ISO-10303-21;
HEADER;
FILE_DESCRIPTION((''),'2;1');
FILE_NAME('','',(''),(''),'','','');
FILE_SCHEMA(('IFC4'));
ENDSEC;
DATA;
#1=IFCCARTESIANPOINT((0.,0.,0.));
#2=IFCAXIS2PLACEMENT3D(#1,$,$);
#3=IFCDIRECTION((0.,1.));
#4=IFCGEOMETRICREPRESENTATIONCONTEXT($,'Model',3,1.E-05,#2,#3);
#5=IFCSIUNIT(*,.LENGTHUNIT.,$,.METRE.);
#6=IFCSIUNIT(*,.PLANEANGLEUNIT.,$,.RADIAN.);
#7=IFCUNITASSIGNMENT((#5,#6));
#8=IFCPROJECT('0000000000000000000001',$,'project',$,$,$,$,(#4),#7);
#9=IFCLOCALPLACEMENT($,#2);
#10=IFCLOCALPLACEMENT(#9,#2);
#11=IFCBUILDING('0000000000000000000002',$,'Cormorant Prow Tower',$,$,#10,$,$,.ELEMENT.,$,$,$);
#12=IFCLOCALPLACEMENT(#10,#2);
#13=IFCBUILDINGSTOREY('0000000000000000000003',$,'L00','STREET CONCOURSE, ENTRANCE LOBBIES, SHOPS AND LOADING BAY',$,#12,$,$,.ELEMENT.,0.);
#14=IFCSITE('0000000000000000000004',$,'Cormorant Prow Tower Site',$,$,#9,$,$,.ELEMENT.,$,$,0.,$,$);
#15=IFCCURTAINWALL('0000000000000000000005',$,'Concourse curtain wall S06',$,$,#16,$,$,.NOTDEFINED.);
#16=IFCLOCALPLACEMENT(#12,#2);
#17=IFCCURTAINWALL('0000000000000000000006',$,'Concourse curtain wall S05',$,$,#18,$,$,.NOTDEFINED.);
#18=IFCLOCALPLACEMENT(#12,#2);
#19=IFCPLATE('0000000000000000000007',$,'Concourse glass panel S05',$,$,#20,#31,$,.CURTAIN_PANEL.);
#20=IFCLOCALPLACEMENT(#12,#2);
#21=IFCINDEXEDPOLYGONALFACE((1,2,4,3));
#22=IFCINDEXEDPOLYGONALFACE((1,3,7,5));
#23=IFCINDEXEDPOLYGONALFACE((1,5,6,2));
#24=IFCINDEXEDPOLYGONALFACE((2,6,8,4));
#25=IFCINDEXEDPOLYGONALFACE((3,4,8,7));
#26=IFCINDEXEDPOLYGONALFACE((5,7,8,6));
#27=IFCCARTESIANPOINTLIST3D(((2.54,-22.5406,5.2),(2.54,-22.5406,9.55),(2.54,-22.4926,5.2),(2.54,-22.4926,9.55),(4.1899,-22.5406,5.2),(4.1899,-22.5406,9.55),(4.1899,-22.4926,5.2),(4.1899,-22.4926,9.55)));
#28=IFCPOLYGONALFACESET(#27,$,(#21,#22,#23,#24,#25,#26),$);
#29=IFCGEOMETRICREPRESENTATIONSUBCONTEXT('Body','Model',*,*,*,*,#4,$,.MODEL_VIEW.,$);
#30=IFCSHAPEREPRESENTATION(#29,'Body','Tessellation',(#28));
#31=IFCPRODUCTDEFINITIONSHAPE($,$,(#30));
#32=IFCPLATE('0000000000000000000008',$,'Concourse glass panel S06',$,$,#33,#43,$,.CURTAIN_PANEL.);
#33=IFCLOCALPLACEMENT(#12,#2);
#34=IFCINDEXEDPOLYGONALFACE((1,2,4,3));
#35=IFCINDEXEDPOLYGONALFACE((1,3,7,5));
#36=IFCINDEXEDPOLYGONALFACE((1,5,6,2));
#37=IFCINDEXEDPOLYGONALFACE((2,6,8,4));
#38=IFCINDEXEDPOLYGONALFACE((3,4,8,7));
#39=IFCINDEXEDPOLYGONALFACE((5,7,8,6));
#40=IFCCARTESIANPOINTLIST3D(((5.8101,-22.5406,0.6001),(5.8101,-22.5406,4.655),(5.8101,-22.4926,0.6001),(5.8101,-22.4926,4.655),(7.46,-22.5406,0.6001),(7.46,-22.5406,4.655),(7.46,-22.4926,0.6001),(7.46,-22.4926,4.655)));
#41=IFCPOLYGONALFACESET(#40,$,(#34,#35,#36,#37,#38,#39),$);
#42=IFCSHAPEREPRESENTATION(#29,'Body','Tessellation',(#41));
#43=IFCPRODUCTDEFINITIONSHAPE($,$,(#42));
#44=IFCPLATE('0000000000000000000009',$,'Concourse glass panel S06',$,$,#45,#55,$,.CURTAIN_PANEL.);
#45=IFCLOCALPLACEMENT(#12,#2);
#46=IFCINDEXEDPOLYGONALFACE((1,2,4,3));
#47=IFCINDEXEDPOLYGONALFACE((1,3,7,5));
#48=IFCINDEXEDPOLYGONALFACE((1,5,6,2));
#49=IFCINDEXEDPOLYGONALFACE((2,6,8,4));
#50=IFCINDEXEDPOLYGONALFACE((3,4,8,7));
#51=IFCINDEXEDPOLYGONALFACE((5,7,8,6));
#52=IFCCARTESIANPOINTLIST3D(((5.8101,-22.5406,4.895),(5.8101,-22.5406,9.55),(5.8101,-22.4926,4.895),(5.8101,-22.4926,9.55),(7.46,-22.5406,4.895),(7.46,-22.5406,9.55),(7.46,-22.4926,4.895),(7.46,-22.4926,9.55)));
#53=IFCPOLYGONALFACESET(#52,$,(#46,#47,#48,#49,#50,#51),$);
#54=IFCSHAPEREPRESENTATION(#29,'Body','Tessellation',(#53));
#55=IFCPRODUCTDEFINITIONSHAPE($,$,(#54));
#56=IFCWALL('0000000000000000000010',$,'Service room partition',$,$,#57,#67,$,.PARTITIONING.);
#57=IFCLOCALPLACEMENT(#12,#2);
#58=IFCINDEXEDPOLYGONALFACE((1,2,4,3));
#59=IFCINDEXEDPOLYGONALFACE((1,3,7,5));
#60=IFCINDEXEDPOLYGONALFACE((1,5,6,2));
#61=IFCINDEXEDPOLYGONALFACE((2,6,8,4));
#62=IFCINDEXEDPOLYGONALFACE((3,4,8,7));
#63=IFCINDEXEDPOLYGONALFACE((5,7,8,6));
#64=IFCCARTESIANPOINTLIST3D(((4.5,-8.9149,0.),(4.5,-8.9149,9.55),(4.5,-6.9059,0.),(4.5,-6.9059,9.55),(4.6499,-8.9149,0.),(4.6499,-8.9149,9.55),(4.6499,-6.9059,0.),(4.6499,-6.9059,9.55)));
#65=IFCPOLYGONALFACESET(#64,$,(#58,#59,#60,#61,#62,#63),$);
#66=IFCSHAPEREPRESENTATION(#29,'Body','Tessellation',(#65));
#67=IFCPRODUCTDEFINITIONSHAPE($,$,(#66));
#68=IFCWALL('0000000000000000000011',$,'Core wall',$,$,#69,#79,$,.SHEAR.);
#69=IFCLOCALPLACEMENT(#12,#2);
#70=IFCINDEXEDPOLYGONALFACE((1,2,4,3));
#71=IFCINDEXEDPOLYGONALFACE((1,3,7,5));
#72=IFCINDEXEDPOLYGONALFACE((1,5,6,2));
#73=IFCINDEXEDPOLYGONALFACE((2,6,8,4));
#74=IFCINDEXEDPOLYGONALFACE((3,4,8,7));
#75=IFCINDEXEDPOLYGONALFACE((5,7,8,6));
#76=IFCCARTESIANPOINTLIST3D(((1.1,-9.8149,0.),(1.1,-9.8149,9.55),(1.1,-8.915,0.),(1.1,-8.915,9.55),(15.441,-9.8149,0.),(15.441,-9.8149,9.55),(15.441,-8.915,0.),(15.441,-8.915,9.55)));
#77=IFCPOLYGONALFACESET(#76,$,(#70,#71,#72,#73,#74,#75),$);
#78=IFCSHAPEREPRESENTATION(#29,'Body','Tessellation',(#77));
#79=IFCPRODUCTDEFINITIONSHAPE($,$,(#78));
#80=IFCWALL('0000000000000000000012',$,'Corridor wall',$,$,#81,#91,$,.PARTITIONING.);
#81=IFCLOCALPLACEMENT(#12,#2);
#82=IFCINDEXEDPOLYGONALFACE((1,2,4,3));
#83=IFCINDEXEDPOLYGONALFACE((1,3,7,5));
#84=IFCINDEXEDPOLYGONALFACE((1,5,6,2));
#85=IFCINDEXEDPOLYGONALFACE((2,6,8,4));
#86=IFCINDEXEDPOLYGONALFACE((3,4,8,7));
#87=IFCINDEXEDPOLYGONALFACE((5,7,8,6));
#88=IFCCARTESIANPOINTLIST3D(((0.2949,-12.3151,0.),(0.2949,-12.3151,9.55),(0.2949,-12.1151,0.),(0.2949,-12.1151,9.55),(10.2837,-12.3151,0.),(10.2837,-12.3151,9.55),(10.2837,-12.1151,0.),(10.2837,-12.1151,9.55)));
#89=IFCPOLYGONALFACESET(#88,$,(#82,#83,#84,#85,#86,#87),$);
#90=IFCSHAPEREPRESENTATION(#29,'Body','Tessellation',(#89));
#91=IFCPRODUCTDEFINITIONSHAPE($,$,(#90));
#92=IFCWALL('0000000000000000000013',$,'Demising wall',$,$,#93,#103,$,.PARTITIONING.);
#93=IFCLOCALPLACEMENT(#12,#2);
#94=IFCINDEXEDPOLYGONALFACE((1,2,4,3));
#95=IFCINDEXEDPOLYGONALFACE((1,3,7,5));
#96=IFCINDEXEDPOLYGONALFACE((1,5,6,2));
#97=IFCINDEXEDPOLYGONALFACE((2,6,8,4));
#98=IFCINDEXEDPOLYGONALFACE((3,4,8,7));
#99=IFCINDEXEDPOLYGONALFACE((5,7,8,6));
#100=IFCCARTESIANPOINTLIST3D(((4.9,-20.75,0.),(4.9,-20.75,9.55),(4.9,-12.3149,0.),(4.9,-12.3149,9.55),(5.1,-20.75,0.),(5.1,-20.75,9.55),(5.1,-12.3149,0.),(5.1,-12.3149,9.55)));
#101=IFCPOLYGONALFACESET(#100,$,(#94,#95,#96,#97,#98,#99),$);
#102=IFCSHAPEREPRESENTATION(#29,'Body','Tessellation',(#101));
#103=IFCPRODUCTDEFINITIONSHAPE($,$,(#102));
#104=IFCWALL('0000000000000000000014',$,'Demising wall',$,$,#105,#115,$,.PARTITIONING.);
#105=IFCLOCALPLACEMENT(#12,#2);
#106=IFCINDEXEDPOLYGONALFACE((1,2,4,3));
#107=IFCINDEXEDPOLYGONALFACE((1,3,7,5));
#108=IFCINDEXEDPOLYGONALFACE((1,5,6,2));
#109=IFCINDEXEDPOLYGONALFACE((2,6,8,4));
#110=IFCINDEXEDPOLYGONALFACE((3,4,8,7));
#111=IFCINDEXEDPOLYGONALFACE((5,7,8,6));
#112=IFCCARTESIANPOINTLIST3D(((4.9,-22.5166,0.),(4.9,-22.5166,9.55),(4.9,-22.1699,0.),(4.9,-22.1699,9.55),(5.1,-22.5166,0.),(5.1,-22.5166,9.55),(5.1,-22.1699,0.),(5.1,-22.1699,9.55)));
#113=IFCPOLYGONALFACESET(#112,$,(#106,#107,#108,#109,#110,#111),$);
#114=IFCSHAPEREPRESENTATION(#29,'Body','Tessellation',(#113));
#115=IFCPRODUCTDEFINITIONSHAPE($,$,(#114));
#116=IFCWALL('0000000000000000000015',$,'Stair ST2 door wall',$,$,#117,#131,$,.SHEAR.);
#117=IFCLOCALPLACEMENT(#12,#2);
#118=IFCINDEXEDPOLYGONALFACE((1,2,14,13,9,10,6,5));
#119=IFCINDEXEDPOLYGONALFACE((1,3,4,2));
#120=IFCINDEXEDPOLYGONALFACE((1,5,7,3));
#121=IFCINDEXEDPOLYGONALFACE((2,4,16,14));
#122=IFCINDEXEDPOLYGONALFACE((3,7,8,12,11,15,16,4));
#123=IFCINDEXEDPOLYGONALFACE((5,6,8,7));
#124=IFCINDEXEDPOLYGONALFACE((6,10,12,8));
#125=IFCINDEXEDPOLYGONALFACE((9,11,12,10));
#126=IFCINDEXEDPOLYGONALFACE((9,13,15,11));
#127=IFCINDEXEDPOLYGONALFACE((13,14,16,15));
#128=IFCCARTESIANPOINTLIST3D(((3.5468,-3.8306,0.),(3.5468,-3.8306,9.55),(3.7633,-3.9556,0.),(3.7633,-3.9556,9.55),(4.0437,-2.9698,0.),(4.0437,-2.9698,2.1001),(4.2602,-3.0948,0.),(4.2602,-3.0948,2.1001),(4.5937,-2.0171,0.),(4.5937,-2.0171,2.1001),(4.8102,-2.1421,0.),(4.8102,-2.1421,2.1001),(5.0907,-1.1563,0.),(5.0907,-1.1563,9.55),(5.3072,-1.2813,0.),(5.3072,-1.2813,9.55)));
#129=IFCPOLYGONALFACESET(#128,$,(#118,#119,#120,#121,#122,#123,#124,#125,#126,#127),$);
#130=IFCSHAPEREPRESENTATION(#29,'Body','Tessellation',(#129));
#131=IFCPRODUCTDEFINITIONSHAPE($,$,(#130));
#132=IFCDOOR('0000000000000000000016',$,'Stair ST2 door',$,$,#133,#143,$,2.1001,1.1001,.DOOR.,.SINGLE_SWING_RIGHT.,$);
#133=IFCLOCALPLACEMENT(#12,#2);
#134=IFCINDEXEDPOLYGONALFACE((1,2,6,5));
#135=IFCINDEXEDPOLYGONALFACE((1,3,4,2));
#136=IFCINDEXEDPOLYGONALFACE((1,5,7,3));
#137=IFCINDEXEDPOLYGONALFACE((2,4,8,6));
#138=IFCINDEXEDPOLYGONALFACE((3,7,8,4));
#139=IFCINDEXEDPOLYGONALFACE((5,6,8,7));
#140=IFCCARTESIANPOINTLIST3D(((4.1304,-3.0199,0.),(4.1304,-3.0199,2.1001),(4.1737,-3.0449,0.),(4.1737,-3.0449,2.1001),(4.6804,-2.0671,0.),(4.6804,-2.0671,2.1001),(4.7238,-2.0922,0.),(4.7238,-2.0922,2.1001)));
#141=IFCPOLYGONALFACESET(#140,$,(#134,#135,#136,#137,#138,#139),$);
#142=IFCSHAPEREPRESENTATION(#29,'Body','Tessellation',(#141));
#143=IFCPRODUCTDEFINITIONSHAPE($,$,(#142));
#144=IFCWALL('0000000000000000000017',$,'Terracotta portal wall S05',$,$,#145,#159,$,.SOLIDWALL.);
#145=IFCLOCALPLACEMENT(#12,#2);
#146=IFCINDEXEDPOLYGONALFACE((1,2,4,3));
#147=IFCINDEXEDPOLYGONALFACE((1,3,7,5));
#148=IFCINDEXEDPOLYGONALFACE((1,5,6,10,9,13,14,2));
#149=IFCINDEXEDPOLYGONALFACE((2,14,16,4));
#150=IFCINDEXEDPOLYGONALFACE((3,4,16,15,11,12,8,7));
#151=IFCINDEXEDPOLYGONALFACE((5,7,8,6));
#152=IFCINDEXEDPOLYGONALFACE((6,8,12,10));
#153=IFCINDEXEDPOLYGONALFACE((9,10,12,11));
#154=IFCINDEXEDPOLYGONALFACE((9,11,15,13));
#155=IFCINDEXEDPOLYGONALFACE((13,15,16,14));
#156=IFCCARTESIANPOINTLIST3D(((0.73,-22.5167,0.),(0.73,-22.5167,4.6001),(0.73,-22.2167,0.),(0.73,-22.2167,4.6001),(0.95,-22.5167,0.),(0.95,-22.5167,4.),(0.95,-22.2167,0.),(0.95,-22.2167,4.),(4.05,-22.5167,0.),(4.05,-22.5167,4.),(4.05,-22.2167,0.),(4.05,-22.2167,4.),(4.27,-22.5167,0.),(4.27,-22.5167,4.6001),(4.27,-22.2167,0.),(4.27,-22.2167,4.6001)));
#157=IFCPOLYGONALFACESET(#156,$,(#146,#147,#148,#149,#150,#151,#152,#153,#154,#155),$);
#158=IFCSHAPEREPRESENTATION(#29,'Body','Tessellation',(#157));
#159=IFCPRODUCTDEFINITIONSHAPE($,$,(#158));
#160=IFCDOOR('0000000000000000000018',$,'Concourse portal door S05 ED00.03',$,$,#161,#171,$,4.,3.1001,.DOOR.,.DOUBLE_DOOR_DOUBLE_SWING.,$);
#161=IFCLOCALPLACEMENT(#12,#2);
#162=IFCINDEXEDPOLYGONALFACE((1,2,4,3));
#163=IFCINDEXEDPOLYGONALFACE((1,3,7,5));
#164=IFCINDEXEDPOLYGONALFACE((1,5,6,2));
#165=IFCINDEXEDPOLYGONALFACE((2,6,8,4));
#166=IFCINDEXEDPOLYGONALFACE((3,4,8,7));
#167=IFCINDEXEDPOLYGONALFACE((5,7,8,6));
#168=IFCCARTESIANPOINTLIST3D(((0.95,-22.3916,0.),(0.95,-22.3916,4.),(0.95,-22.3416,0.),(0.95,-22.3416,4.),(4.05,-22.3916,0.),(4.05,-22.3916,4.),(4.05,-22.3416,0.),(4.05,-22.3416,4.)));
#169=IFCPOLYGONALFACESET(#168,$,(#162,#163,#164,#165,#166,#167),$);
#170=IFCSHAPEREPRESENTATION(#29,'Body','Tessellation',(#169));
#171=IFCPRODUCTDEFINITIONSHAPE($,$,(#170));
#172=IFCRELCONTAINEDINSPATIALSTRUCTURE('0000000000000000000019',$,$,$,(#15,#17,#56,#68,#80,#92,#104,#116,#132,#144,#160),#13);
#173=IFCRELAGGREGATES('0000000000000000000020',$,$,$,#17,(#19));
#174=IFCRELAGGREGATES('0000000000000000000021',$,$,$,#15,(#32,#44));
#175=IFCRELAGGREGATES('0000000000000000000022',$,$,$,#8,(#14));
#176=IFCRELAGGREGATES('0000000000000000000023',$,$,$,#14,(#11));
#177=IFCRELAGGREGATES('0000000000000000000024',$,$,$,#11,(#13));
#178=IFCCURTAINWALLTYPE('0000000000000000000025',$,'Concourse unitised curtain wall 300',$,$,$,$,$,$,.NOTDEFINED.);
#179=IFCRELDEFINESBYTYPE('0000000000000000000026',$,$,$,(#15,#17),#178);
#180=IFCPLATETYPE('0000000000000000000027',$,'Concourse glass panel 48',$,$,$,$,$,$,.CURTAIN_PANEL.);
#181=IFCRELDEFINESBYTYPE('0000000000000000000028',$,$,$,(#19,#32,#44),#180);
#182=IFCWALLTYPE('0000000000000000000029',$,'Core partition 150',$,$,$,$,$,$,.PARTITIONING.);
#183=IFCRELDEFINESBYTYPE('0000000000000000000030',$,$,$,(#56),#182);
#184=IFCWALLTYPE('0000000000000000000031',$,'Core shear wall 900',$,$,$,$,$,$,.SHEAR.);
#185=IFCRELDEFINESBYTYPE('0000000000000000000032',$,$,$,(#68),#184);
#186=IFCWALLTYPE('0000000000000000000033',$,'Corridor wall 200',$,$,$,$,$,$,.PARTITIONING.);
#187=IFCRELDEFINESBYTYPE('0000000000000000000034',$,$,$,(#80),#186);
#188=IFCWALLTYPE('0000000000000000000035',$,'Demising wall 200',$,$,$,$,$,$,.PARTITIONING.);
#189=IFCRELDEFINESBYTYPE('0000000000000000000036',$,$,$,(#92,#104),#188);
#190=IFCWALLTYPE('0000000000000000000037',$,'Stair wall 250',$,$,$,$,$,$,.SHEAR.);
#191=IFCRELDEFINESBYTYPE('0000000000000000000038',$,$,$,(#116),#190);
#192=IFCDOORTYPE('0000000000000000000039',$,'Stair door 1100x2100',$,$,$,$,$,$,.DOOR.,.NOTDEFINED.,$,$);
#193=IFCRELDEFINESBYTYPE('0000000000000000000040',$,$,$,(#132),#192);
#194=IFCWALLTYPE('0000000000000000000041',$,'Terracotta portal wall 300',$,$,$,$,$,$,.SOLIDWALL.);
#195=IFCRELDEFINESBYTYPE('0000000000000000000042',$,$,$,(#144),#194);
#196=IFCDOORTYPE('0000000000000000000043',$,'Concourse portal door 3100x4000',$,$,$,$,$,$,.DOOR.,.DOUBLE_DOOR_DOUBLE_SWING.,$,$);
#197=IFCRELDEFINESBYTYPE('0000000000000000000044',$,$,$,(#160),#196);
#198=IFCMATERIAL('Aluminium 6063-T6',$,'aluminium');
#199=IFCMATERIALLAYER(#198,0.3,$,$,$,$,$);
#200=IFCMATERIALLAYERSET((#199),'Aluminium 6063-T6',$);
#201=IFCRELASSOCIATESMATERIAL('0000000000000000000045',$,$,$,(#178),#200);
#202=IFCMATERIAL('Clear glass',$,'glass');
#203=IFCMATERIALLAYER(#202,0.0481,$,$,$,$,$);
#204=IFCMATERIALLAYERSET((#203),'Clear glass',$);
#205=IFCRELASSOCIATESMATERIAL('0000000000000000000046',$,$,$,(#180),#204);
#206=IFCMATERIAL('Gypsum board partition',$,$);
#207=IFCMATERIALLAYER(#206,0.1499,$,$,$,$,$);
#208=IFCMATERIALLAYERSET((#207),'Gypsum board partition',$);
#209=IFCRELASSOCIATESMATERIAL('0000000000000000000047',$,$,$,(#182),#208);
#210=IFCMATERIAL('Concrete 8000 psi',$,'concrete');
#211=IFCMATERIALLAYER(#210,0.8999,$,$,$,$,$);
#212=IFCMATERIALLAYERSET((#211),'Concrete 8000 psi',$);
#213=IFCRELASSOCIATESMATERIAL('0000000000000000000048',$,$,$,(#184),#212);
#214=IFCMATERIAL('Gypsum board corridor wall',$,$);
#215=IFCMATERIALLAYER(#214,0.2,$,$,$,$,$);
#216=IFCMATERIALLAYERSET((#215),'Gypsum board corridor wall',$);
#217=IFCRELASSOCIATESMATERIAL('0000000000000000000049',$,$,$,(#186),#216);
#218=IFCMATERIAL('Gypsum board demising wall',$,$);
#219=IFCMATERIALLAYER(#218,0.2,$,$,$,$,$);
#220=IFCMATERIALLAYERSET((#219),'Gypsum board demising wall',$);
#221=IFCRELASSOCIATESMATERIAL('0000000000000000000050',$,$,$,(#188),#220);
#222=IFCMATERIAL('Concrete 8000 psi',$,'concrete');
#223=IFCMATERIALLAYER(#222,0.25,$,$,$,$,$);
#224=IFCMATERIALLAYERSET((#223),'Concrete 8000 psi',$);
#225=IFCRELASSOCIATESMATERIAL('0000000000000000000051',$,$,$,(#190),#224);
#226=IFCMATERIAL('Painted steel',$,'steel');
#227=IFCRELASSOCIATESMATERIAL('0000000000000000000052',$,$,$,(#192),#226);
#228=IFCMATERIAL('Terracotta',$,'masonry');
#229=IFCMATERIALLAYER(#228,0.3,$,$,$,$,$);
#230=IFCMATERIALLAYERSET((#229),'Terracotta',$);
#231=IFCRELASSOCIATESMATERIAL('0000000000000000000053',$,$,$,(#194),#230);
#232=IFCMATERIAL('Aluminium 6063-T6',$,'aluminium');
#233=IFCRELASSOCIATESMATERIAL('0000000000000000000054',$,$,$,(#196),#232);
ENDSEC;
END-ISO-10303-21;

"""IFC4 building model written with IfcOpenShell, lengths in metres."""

from ifc_helpers import new_model, si_unit, direction, frame, frame_2d, origin, origin_2d, place, context, subcontext, project, spatial, rectangle, extrude, material, layer, layer_set, type_object, element, fill, aggregate, save


model = new_model("IFC4")

# Units and contexts
model_context = context("Model", 3, precision=1e-05, world=origin(), true_north=direction((0.0, 1.0)))
body_context = subcontext(model_context, "Body", "Model", "MODEL_VIEW")
ifc_project = project(units=[si_unit("LENGTHUNIT", "METRE"), si_unit("PLANEANGLEUNIT", "RADIAN")], contexts=[model_context])

# Site, building, storey
site_placement = place(None, origin())
site = spatial("IfcSite", under=ifc_project, at=site_placement, Name="Cormorant Prow Tower Site", CompositionType="ELEMENT", RefElevation=0.0)
building_placement = place(site_placement, origin())
building = spatial("IfcBuilding", under=site, at=building_placement, Name="Cormorant Prow Tower", CompositionType="ELEMENT")
storey_placement = place(building_placement, origin())
storey = spatial("IfcBuildingStorey", under=building, at=storey_placement, Name="L00", Description="STREET CONCOURSE, ENTRANCE LOBBIES, SHOPS AND LOADING BAY", CompositionType="ELEMENT", Elevation=0.0)

# Curtain walls
ifc_material_1 = material(Name="Aluminium 6063-T6", Category="aluminium")
ifc_layer_1 = layer(ifc_material_1, 0.3)
ifc_layer_set_1 = layer_set([ifc_layer_1], Name="Aluminium 6063-T6")
curtain_wall_type = type_object("IfcCurtainWallType", Name="Concourse unitised curtain wall 300", PredefinedType="NOTDEFINED", material=ifc_layer_set_1)
curtain_wall_1_placement = place(storey_placement, origin())
curtain_wall_1 = element("IfcCurtainWall", 1, at=curtain_wall_1_placement, inside=storey, type_object=curtain_wall_type, Name="Concourse curtain wall S06", PredefinedType="NOTDEFINED")
curtain_wall_2_placement = place(storey_placement, origin())
curtain_wall_2 = element("IfcCurtainWall", 2, at=curtain_wall_2_placement, inside=storey, type_object=curtain_wall_type, Name="Concourse curtain wall S05", PredefinedType="NOTDEFINED")

# Plates
ifc_material_2 = material(Name="Clear glass", Category="glass")
ifc_layer_2 = layer(ifc_material_2, 0.0481)
ifc_layer_set_2 = layer_set([ifc_layer_2], Name="Clear glass")
plate_type = type_object("IfcPlateType", Name="Concourse glass panel 48", PredefinedType="CURTAIN_PANEL", material=ifc_layer_set_2)
plate_1_placement = place(storey_placement, frame((3.365, -22.5166, 5.2), z_axis=(0.0, 0.0, 1.0), x_axis=(1.0, 0.0, 0.0)))
plate_1 = element("IfcPlate", 3, at=plate_1_placement, type_object=plate_type, Name="Concourse glass panel S05", PredefinedType="CURTAIN_PANEL", context=body_context, shape_type="SweptSolid", body=[
    extrude(rectangle(XDim=1.6499, YDim=0.0481, at=origin_2d()), origin(), (0.0, 0.0, 1.0), 4.3501),
])
aggregate(curtain_wall_2, [plate_1])
plate_2_placement = place(storey_placement, frame((6.635, -22.5166, 0.6001), z_axis=(0.0, 0.0, 1.0), x_axis=(1.0, 0.0, 0.0)))
plate_2 = element("IfcPlate", 4, at=plate_2_placement, type_object=plate_type, Name="Concourse glass panel S06", PredefinedType="CURTAIN_PANEL", context=body_context, shape_type="SweptSolid", body=[
    extrude(rectangle(XDim=1.6499, YDim=0.0481, at=origin_2d()), origin(), (0.0, 0.0, 1.0), 4.0549),
])
plate_3_placement = place(storey_placement, frame((6.635, -22.5166, 4.895), z_axis=(0.0, 0.0, 1.0), x_axis=(1.0, 0.0, 0.0)))
plate_3 = element("IfcPlate", 5, at=plate_3_placement, type_object=plate_type, Name="Concourse glass panel S06", PredefinedType="CURTAIN_PANEL", context=body_context, shape_type="SweptSolid", body=[
    extrude(rectangle(XDim=1.6499, YDim=0.0481, at=origin_2d()), origin(), (0.0, 0.0, 1.0), 4.655),
])
aggregate(curtain_wall_1, [plate_2, plate_3])

# Walls
ifc_material_3 = material(Name="Gypsum board partition")
ifc_layer_3 = layer(ifc_material_3, 0.1499)
ifc_layer_set_3 = layer_set([ifc_layer_3], Name="Gypsum board partition")
wall_type_1 = type_object("IfcWallType", Name="Core partition 150", PredefinedType="PARTITIONING", material=ifc_layer_set_3)
wall_1_placement = place(storey_placement, frame((4.575, -6.906, 0.0), z_axis=(0.0, 0.0, 1.0), x_axis=(0.0, -1.0, 0.0)))
element("IfcWall", 6, at=wall_1_placement, inside=storey, type_object=wall_type_1, Name="Service room partition", PredefinedType="PARTITIONING", context=body_context, shape_type="SweptSolid", body=[
    extrude(rectangle(XDim=2.009, YDim=0.1499, at=frame_2d((1.0044, 0.0))), origin(), (0.0, 0.0, 1.0), 9.55),
])
ifc_material_4 = material(Name="Concrete 8000 psi", Category="concrete")
ifc_layer_4 = layer(ifc_material_4, 0.8999)
ifc_layer_set_4 = layer_set([ifc_layer_4], Name="Concrete 8000 psi")
wall_type_2 = type_object("IfcWallType", Name="Core shear wall 900", PredefinedType="SHEAR", material=ifc_layer_set_4)
wall_2_placement = place(storey_placement, frame((1.1001, -9.365, 0.0), z_axis=(0.0, 0.0, 1.0), x_axis=(1.0, 0.0, 0.0)))
element("IfcWall", 7, at=wall_2_placement, inside=storey, type_object=wall_type_2, Name="Core wall", PredefinedType="SHEAR", context=body_context, shape_type="SweptSolid", body=[
    extrude(rectangle(XDim=14.3411, YDim=0.8999, at=frame_2d((7.1704, 0.0))), origin(), (0.0, 0.0, 1.0), 9.55),
])
ifc_material_5 = material(Name="Gypsum board corridor wall")
ifc_layer_5 = layer(ifc_material_5, 0.2)
ifc_layer_set_5 = layer_set([ifc_layer_5], Name="Gypsum board corridor wall")
wall_type_3 = type_object("IfcWallType", Name="Corridor wall 200", PredefinedType="PARTITIONING", material=ifc_layer_set_5)
wall_3_placement = place(storey_placement, frame((0.2949, -12.2151, 0.0), z_axis=(0.0, 0.0, 1.0), x_axis=(1.0, 0.0, 0.0)))
element("IfcWall", 8, at=wall_3_placement, inside=storey, type_object=wall_type_3, Name="Corridor wall", PredefinedType="PARTITIONING", context=body_context, shape_type="SweptSolid", body=[
    extrude(rectangle(XDim=9.9888, YDim=0.2, at=frame_2d((4.9944, 0.0))), origin(), (0.0, 0.0, 1.0), 9.55),
])
ifc_material_6 = material(Name="Gypsum board demising wall")
ifc_layer_6 = layer(ifc_material_6, 0.2)
ifc_layer_set_6 = layer_set([ifc_layer_6], Name="Gypsum board demising wall")
wall_type_4 = type_object("IfcWallType", Name="Demising wall 200", PredefinedType="PARTITIONING", material=ifc_layer_set_6)
wall_4_placement = place(storey_placement, frame((5.0, -20.75, 0.0), z_axis=(0.0, 0.0, 1.0), x_axis=(0.0, 1.0, 0.0)))
element("IfcWall", 9, at=wall_4_placement, inside=storey, type_object=wall_type_4, Name="Demising wall", PredefinedType="PARTITIONING", context=body_context, shape_type="SweptSolid", body=[
    extrude(rectangle(XDim=8.4351, YDim=0.2, at=frame_2d((4.2175, 0.0))), origin(), (0.0, 0.0, 1.0), 9.55),
])
wall_5_placement = place(storey_placement, frame((5.0, -22.5166, 0.0), z_axis=(0.0, 0.0, 1.0), x_axis=(0.0, 1.0, 0.0)))
element("IfcWall", 10, at=wall_5_placement, inside=storey, type_object=wall_type_4, Name="Demising wall", PredefinedType="PARTITIONING", context=body_context, shape_type="SweptSolid", body=[
    extrude(rectangle(XDim=0.3467, YDim=0.2, at=frame_2d((0.1733, 0.0))), origin(), (0.0, 0.0, 1.0), 9.55),
])

# Walls, openings, doors
ifc_material_7 = material(Name="Concrete 8000 psi", Category="concrete")
ifc_layer_7 = layer(ifc_material_7, 0.25)
ifc_layer_set_7 = layer_set([ifc_layer_7], Name="Concrete 8000 psi")
wall_type_5 = type_object("IfcWallType", Name="Stair wall 250", PredefinedType="SHEAR", material=ifc_layer_set_7)
wall_6_placement = place(storey_placement, frame((3.655, -3.8931, 0.0), z_axis=(0.0, 0.0, 1.0), x_axis=(0.499983, 0.866035, 0.0)))
wall_6 = element("IfcWall", 11, at=wall_6_placement, inside=storey, type_object=wall_type_5, Name="Stair ST2 door wall", PredefinedType="SHEAR", context=body_context, shape_type="SweptSolid", body=[
    extrude(rectangle(XDim=3.0879, YDim=0.25, at=frame_2d((1.5439, 0.0))), origin(), (0.0, 0.0, 1.0), 9.55),
])
opening_1_placement = place(wall_6_placement, frame((0.9939, 0.0, 0.0)))
opening_1 = element("IfcOpeningElement", 12, at=opening_1_placement, cuts=wall_6, PredefinedType="OPENING", context=body_context, shape_type="SweptSolid", body=[
    extrude(rectangle(XDim=1.1001, YDim=2.1001, at=frame_2d((0.55, 1.05))), frame((0.0, 0.135, 0.0), z_axis=(0.0, -1.0, 0.0), x_axis=(1.0, 0.0, 0.0)), (0.0, 0.0, 1.0), 0.27),
])
ifc_material_8 = material(Name="Painted steel", Category="steel")
door_type_1 = type_object("IfcDoorType", Name="Stair door 1100x2100", OperationType="NOTDEFINED", PredefinedType="DOOR", material=ifc_material_8)
door_1_placement = place(opening_1_placement, origin())
door_1 = element("IfcDoor", 13, at=door_1_placement, inside=storey, type_object=door_type_1, Name="Stair ST2 door", OperationType="SINGLE_SWING_RIGHT", OverallHeight=2.1001, OverallWidth=1.1001, PredefinedType="DOOR", context=body_context, shape_type="SweptSolid", body=[
    extrude(rectangle(XDim=1.1001, YDim=2.1001, at=frame_2d((0.55, 1.05))), frame((0.0, 0.0249, 0.0), z_axis=(0.0, -1.0, 0.0), x_axis=(1.0, 0.0, 0.0)), (0.0, 0.0, 1.0), 0.05),
])
fill(opening_1, door_1)
ifc_material_9 = material(Name="Terracotta", Category="masonry")
ifc_layer_8 = layer(ifc_material_9, 0.3)
ifc_layer_set_8 = layer_set([ifc_layer_8], Name="Terracotta")
wall_type_6 = type_object("IfcWallType", Name="Terracotta portal wall 300", PredefinedType="SOLIDWALL", material=ifc_layer_set_8)
wall_7_placement = place(storey_placement, frame((4.27, -22.3667, 0.0), z_axis=(0.0, 0.0, 1.0), x_axis=(-1.0, 0.0, 0.0)))
wall_7 = element("IfcWall", 14, at=wall_7_placement, inside=storey, type_object=wall_type_6, Name="Terracotta portal wall S05", PredefinedType="SOLIDWALL", context=body_context, shape_type="SweptSolid", body=[
    extrude(rectangle(XDim=3.54, YDim=0.3, at=frame_2d((1.77, 0.0))), origin(), (0.0, 0.0, 1.0), 4.6001),
])
opening_2_placement = place(wall_7_placement, frame((0.22, 0.0, 0.0)))
opening_2 = element("IfcOpeningElement", 15, at=opening_2_placement, cuts=wall_7, PredefinedType="OPENING", context=body_context, shape_type="SweptSolid", body=[
    extrude(rectangle(XDim=3.1001, YDim=4.0, at=frame_2d((1.55, 2.0))), frame((0.0, 0.1599, 0.0), z_axis=(0.0, -1.0, 0.0), x_axis=(1.0, 0.0, 0.0)), (0.0, 0.0, 1.0), 0.3201),
])
ifc_material_10 = material(Name="Aluminium 6063-T6", Category="aluminium")
door_type_2 = type_object("IfcDoorType", Name="Concourse portal door 3100x4000", OperationType="DOUBLE_DOOR_DOUBLE_SWING", PredefinedType="DOOR", material=ifc_material_10)
door_2_placement = place(opening_2_placement, origin())
door_2 = element("IfcDoor", 16, at=door_2_placement, inside=storey, type_object=door_type_2, Name="Concourse portal door S05 ED00.03", OperationType="DOUBLE_DOOR_DOUBLE_SWING", OverallHeight=4.0, OverallWidth=3.1001, PredefinedType="DOOR", context=body_context, shape_type="SweptSolid", body=[
    extrude(rectangle(XDim=3.1001, YDim=4.0, at=frame_2d((1.55, 2.0))), frame((0.0, 0.0249, 0.0), z_axis=(0.0, -1.0, 0.0), x_axis=(1.0, 0.0, 0.0)), (0.0, 0.0, 1.0), 0.05),
])
fill(opening_2, door_2)

save(model, "model.ifc")
